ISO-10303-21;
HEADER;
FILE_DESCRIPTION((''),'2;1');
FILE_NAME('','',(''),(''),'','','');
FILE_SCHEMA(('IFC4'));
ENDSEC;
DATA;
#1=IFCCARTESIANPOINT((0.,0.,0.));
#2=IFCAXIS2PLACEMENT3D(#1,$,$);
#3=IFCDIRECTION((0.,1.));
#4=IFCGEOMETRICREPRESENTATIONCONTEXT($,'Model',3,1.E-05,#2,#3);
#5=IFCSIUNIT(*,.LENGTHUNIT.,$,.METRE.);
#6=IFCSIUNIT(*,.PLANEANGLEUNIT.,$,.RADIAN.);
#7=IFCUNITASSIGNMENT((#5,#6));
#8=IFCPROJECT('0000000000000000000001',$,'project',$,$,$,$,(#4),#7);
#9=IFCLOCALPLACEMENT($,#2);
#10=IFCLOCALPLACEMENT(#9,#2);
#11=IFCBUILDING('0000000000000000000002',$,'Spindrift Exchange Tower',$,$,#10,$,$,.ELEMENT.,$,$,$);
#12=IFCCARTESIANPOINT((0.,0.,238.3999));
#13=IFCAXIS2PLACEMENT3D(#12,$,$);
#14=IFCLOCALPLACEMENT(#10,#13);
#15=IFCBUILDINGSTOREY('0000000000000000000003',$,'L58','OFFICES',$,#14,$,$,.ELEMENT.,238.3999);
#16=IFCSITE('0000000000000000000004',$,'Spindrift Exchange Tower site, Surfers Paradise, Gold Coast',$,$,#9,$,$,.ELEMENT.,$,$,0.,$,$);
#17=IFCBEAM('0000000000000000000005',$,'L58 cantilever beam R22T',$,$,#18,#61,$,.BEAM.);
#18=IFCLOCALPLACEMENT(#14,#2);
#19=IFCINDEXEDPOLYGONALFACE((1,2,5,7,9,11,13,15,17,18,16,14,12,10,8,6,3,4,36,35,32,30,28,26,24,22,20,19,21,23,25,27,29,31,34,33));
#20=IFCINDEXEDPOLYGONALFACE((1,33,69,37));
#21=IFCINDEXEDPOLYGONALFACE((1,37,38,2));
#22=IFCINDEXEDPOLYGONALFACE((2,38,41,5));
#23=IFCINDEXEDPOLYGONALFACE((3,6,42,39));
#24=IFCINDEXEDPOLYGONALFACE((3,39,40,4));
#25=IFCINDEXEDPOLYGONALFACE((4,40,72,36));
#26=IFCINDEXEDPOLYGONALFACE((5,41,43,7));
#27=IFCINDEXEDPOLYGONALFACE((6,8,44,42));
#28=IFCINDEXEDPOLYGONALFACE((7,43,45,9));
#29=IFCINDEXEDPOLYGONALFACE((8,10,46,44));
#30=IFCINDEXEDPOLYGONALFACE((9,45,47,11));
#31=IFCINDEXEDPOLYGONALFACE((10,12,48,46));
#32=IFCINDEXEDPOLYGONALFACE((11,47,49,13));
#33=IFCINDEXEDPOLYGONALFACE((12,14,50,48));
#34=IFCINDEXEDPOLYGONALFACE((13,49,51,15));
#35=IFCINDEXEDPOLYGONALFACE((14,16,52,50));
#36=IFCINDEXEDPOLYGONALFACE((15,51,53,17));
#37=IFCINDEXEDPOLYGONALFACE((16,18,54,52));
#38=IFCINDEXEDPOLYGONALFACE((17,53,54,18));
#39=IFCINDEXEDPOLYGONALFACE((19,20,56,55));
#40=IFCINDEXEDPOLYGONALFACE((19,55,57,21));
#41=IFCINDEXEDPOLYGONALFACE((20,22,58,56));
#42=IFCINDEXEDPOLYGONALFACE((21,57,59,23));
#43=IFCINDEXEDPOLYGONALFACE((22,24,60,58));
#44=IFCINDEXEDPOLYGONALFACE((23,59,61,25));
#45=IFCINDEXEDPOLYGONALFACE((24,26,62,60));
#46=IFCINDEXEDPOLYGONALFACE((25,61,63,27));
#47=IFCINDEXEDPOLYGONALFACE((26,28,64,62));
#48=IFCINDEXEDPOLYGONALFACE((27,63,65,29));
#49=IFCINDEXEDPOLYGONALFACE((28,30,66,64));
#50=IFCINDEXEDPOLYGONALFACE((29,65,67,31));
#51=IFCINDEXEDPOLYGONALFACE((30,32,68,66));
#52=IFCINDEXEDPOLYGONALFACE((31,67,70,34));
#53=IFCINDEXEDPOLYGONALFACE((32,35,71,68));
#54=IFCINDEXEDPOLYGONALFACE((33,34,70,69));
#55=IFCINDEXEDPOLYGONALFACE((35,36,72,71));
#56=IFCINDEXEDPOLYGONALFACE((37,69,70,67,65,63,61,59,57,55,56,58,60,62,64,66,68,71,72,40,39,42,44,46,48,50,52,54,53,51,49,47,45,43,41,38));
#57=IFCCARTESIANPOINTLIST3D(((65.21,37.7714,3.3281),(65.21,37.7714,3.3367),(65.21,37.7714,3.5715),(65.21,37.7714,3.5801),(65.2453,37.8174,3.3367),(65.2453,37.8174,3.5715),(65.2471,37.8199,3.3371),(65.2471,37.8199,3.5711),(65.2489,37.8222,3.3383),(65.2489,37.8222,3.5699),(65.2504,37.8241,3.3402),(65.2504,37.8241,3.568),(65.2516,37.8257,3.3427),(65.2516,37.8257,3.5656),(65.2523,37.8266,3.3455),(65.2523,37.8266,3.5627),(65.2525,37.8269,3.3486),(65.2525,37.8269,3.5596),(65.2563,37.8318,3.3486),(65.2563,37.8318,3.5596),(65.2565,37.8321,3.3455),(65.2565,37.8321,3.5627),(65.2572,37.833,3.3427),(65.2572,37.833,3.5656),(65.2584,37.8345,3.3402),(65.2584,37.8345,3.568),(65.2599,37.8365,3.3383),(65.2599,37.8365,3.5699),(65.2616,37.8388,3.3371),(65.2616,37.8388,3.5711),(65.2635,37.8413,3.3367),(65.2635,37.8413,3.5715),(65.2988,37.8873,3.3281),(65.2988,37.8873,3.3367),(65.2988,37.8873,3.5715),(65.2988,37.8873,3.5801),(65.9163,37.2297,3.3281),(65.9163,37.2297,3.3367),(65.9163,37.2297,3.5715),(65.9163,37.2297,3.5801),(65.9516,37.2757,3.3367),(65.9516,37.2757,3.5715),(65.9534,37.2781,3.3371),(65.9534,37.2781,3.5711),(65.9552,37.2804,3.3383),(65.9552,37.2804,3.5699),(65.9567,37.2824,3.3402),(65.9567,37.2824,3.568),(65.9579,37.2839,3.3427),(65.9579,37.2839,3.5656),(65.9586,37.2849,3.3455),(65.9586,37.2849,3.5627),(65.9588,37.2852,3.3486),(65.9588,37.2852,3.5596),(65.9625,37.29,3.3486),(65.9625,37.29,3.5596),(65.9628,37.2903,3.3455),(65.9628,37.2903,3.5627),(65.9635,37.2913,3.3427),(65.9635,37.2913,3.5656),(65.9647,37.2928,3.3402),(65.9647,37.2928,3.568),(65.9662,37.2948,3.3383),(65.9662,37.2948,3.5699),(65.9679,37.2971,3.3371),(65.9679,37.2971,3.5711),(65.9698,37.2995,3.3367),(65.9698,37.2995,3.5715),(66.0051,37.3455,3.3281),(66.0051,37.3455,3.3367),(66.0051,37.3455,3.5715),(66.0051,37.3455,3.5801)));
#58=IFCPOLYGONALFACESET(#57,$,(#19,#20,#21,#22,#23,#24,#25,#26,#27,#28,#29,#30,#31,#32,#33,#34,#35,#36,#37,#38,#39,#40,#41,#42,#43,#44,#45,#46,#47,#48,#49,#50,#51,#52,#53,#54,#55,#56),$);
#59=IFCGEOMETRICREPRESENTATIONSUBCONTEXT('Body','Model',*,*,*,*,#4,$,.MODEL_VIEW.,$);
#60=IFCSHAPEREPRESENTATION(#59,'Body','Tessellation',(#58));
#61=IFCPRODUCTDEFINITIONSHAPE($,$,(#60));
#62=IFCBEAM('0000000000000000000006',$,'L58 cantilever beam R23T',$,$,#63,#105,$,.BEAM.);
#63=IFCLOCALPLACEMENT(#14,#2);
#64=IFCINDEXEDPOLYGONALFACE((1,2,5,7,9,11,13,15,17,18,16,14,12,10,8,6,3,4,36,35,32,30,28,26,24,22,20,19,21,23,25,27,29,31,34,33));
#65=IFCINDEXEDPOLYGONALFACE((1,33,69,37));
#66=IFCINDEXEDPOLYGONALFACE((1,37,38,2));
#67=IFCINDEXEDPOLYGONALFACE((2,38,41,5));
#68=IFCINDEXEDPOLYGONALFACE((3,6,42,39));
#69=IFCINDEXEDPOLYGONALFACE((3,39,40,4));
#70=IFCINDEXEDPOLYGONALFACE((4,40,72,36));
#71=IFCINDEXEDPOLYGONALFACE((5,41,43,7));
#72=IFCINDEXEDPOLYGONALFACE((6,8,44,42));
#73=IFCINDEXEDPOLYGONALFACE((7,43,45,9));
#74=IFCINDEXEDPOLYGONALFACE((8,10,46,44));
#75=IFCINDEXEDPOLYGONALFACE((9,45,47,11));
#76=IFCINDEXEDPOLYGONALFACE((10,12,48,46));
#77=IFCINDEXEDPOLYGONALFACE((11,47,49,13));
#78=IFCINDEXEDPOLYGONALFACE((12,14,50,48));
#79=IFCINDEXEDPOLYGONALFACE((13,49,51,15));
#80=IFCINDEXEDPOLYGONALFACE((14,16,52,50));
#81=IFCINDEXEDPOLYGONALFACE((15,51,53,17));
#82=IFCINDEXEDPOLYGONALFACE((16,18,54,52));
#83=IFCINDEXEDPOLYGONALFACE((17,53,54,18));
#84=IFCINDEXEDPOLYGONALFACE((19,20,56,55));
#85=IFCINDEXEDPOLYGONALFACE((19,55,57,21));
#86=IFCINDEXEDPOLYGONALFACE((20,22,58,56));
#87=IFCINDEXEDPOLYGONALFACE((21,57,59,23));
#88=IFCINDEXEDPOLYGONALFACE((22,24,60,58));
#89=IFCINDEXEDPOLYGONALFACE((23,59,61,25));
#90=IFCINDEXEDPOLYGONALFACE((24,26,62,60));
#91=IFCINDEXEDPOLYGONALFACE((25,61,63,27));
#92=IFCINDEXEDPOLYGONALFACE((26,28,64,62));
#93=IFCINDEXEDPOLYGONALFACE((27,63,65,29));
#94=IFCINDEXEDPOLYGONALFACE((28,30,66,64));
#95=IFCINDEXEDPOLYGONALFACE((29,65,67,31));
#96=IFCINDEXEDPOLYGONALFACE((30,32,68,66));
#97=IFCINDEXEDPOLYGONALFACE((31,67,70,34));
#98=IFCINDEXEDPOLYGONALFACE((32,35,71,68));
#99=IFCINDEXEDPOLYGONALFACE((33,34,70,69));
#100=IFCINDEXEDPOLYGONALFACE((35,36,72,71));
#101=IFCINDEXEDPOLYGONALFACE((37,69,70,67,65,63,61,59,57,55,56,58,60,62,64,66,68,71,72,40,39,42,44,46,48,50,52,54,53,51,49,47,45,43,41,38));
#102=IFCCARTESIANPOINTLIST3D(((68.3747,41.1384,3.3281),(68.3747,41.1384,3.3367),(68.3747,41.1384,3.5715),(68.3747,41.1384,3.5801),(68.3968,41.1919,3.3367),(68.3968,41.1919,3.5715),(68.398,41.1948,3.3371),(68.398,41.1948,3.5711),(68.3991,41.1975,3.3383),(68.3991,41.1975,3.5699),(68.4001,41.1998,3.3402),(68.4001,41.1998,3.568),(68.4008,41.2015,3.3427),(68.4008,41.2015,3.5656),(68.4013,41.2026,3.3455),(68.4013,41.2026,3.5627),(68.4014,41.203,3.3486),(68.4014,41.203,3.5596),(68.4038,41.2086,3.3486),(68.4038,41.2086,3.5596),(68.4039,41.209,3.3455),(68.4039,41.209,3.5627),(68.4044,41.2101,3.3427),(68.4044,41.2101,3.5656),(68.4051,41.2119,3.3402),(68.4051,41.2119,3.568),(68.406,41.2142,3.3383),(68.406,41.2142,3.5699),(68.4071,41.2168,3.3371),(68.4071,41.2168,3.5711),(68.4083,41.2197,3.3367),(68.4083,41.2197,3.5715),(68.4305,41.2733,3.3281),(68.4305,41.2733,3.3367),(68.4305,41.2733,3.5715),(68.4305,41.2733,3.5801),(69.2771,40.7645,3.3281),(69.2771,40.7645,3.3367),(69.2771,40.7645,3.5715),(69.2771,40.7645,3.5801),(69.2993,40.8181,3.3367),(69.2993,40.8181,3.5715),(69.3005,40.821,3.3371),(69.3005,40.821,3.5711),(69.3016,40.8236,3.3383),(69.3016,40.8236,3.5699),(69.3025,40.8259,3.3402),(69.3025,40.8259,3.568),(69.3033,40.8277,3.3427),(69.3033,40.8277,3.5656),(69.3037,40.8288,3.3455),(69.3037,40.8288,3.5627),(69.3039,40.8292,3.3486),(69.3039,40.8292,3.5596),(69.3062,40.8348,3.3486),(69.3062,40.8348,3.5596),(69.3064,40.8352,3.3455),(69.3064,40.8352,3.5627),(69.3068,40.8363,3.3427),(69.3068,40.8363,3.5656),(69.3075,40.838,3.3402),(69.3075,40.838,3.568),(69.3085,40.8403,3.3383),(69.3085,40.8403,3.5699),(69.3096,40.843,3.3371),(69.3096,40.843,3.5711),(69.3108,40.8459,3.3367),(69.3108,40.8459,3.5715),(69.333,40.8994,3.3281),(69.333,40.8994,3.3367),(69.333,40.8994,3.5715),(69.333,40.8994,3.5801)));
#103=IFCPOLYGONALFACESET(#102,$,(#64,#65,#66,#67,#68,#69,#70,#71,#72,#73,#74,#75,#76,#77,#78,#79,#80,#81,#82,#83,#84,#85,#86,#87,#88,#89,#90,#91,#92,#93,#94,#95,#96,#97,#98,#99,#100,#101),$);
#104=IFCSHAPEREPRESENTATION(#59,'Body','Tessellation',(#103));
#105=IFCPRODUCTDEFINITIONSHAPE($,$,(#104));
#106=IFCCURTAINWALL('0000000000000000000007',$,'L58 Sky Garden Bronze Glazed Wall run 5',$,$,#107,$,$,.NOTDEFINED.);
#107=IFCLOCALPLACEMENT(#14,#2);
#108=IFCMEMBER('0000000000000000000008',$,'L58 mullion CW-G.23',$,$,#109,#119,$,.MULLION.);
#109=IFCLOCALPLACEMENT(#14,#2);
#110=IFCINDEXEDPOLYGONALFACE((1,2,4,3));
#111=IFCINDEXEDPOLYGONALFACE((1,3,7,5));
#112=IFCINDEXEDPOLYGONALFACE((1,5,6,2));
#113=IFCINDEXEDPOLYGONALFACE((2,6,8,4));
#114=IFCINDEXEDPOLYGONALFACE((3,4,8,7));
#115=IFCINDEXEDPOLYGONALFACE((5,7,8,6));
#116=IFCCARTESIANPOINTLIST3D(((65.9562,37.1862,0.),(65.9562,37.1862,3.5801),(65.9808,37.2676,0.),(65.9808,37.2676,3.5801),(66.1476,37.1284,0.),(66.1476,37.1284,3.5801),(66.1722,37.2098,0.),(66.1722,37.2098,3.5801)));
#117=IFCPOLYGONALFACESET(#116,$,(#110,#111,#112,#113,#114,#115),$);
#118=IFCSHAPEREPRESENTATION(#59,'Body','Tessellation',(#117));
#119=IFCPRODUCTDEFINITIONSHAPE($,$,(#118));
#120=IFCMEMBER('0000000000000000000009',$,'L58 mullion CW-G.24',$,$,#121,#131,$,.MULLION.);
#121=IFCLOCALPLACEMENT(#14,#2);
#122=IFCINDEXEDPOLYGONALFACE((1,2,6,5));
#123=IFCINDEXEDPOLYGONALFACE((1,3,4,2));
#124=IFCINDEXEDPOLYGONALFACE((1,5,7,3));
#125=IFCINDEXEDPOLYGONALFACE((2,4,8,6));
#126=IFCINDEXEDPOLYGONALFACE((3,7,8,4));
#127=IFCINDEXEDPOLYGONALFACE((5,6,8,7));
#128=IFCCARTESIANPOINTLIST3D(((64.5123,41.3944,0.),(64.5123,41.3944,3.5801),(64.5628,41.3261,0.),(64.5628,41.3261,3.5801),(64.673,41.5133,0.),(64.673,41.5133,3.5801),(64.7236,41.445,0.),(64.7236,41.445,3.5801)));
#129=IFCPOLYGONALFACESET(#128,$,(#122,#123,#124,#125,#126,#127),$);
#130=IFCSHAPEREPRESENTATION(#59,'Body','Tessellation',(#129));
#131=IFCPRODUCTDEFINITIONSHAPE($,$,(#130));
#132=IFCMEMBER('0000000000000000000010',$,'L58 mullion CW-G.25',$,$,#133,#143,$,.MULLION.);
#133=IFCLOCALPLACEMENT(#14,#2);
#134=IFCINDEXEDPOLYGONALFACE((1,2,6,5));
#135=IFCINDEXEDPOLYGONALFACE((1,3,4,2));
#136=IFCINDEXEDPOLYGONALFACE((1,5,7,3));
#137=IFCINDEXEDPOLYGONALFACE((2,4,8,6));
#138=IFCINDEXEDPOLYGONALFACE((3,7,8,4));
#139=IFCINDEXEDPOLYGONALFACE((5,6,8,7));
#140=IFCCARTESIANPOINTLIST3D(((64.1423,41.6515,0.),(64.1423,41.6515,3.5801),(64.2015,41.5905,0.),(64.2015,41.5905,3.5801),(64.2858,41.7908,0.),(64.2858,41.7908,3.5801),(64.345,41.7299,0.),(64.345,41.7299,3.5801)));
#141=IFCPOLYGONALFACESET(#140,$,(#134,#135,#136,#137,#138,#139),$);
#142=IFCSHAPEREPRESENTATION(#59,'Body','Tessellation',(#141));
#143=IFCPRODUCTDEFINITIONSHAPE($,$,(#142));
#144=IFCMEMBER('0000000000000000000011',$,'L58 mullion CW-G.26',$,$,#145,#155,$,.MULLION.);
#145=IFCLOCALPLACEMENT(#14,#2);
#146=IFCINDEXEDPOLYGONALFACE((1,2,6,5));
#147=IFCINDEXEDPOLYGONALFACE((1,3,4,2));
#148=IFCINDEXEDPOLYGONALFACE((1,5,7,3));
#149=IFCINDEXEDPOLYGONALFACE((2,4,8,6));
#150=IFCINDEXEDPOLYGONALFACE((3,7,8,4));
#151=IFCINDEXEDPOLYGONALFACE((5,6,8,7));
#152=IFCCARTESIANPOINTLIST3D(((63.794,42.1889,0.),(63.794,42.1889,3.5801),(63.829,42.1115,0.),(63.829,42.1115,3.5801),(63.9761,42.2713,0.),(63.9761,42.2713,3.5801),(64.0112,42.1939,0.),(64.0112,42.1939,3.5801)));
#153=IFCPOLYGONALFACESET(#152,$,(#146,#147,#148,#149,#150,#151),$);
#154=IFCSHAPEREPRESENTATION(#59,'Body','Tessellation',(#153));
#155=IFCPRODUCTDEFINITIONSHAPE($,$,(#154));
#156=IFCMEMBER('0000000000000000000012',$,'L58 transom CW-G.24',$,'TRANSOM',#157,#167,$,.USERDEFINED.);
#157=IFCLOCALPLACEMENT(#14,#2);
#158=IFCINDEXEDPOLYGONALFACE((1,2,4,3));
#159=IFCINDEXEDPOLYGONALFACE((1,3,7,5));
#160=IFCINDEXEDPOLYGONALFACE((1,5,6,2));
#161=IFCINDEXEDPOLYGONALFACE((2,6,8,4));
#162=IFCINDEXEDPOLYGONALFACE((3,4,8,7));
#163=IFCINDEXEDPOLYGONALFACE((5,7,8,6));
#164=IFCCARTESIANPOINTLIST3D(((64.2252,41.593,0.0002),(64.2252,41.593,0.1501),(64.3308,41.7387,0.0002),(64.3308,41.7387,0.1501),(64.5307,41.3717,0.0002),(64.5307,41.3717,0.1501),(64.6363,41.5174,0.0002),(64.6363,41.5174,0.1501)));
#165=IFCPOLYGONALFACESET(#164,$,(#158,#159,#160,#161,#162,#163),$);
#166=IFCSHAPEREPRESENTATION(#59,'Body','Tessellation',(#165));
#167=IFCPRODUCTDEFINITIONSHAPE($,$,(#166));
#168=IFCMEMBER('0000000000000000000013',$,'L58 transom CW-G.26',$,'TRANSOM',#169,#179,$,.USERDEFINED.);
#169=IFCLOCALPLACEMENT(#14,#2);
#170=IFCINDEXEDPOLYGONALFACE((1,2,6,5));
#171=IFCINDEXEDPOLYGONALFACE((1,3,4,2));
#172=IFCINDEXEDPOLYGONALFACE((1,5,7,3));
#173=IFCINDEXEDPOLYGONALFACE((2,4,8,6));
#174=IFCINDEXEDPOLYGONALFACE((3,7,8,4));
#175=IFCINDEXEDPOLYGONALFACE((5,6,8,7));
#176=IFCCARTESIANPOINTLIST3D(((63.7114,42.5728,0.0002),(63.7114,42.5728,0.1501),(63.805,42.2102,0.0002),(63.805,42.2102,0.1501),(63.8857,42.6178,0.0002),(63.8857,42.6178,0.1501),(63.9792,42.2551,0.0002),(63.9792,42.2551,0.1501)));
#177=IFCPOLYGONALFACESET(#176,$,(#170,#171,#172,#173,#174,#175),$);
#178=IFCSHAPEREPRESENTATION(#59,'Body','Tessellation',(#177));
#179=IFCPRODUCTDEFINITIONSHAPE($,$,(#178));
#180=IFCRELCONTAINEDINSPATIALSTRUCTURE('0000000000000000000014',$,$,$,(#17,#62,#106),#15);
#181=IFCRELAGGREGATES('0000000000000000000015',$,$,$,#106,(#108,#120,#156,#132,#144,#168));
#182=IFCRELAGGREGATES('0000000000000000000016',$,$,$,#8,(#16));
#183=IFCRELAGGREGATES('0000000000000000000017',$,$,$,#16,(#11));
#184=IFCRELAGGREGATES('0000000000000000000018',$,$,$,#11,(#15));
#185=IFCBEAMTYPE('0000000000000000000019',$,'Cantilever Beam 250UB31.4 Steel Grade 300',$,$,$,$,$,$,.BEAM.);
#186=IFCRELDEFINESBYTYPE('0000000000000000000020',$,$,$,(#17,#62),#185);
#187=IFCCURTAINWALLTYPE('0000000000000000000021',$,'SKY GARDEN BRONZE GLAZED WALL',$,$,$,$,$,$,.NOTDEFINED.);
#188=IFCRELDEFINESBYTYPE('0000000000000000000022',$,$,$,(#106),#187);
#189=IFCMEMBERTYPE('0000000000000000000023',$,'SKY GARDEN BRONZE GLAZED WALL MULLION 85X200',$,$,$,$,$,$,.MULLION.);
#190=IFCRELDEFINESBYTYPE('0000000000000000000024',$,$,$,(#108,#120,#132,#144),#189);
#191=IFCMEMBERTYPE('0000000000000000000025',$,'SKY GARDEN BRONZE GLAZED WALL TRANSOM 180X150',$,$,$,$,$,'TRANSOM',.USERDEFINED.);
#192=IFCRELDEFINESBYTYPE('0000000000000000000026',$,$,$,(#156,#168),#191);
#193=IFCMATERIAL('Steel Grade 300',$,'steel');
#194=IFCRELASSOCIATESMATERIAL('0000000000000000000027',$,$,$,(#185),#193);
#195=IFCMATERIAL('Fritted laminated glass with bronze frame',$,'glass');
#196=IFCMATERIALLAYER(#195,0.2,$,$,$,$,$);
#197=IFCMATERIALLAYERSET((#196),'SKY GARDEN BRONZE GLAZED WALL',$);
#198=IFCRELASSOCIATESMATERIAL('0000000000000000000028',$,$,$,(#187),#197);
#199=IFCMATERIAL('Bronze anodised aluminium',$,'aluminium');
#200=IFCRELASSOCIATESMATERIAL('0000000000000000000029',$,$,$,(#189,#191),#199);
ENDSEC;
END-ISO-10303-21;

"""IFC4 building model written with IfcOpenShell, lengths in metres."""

from ifc_helpers import new_model, si_unit, direction, frame, origin, origin_2d, place, context, subcontext, project, spatial, rectangle, i_section, extrude, source, transform, mapped, material, layer, layer_set, material_profile, profile_set, type_object, element, aggregate, save


model = new_model("IFC4")

# Units and contexts
model_context = context("Model", 3, precision=1e-05, world=origin(), true_north=direction((0.0, 1.0)))
body_context = subcontext(model_context, "Body", "Model", "MODEL_VIEW")
ifc_project = project(units=[si_unit("LENGTHUNIT", "METRE"), si_unit("PLANEANGLEUNIT", "RADIAN")], contexts=[model_context])

# Site, building, storey
site_placement = place(None, origin())
site = spatial("IfcSite", under=ifc_project, at=site_placement, Name="Spindrift Exchange Tower site, Surfers Paradise, Gold Coast", CompositionType="ELEMENT", RefElevation=0.0)
building_placement = place(site_placement, origin())
building = spatial("IfcBuilding", under=site, at=building_placement, Name="Spindrift Exchange Tower", CompositionType="ELEMENT")
storey_placement = place(building_placement, frame((0.0, 0.0, 238.3999)))
storey = spatial("IfcBuildingStorey", under=building, at=storey_placement, Name="L58", Description="OFFICES", CompositionType="ELEMENT", Elevation=238.3999)

# Beams
ifc_material_1 = material(Name="Steel Grade 300", Category="steel")
ifc_material_profile_1 = material_profile(ifc_material_1, i_section(OverallWidth=0.146, OverallDepth=0.252, WebThickness=0.0061, FlangeThickness=0.0085, FilletRadius=0.012, at=origin_2d()), Name="250UB31.4")
ifc_profile_set_1 = profile_set([ifc_material_profile_1], Name="Steel Grade 300")
beam_type_1 = type_object("IfcBeamType", Name="Cantilever Beam 250UB31.4 Steel Grade 300", PredefinedType="BEAM", material=ifc_profile_set_1)
shared_shape_1 = source(origin(), body_context, "Body", "SweptSolid", [
    extrude(i_section(OverallWidth=0.146, OverallDepth=0.252, WebThickness=0.0061, FlangeThickness=0.0085, FilletRadius=0.012, at=origin_2d()), origin(), (0.0, 0.0, 1.0), 0.8901),
])
beam_1_placement = place(storey_placement, frame((65.2544, 37.8293, 3.4541), z_axis=(0.793469, -0.60861, 0.0), x_axis=(0.60861, 0.793469, 0.0)))
element("IfcBeam", 1, at=beam_1_placement, inside=storey, type_object=beam_type_1, Name="L58 cantilever beam R22T", PredefinedType="BEAM", context=body_context, shape_type="MappedRepresentation", body=[
    mapped(shared_shape_1, transform((0.0, 0.0, 0.0), scale=1.0)),
])
shared_shape_2 = source(origin(), body_context, "Body", "SweptSolid", [
    extrude(i_section(OverallWidth=0.146, OverallDepth=0.252, WebThickness=0.0061, FlangeThickness=0.0085, FilletRadius=0.012, at=origin_2d()), origin(), (0.0, 0.0, 1.0), 0.9768),
])
beam_2_placement = place(storey_placement, frame((68.4026, 41.2058, 3.4541), z_axis=(0.923874, -0.382698, 0.0), x_axis=(0.382698, 0.923874, 0.0)))
element("IfcBeam", 2, at=beam_2_placement, inside=storey, type_object=beam_type_1, Name="L58 cantilever beam R23T", PredefinedType="BEAM", context=body_context, shape_type="MappedRepresentation", body=[
    mapped(shared_shape_2, transform((0.0, 0.0, 0.0), scale=1.0)),
])

# Curtain wall, members
ifc_material_2 = material(Name="Fritted laminated glass with bronze frame", Category="glass")
ifc_layer_1 = layer(ifc_material_2, 0.2)
ifc_layer_set_1 = layer_set([ifc_layer_1], Name="SKY GARDEN BRONZE GLAZED WALL")
curtain_wall_type_1 = type_object("IfcCurtainWallType", Name="SKY GARDEN BRONZE GLAZED WALL", PredefinedType="NOTDEFINED", material=ifc_layer_set_1)
curtain_wall_1_placement = place(storey_placement, origin())
curtain_wall_1 = element("IfcCurtainWall", 3, at=curtain_wall_1_placement, inside=storey, type_object=curtain_wall_type_1, Name="L58 Sky Garden Bronze Glazed Wall run 5", PredefinedType="NOTDEFINED")
ifc_material_3 = material(Name="Bronze anodised aluminium", Category="aluminium")
ifc_material_profile_2 = material_profile(ifc_material_3, rectangle(XDim=0.085, YDim=0.2, at=origin_2d()), Name="SKY GARDEN BRONZE GLAZED WALL MULLION 85X200")
ifc_profile_set_2 = profile_set([ifc_material_profile_2], Name="Bronze anodised aluminium")
member_type_1 = type_object("IfcMemberType", Name="SKY GARDEN BRONZE GLAZED WALL MULLION 85X200", PredefinedType="MULLION", material=ifc_profile_set_2)
shared_shape_3 = source(origin(), body_context, "Body", "SweptSolid", [
    extrude(rectangle(XDim=0.085, YDim=0.2, at=origin_2d()), origin(), (0.0, 0.0, 1.0), 3.5801),
])
member_1_placement = place(storey_placement, frame((66.0642, 37.198, 0.0), z_axis=(0.0, 0.0, 1.0), x_axis=(0.289136, 0.957288, 0.0)))
member_1 = element("IfcMember", 4, at=member_1_placement, type_object=member_type_1, Name="L58 mullion CW-G.23", PredefinedType="MULLION", context=body_context, shape_type="MappedRepresentation", body=[
    mapped(shared_shape_3, transform((0.0, 0.0, 0.0), scale=1.0)),
])
member_2_placement = place(storey_placement, frame((64.6179, 41.4197, 0.0), z_axis=(0.0, 0.0, 1.0), x_axis=(-0.59476, 0.803903, 0.0)))
member_2 = element("IfcMember", 5, at=member_2_placement, type_object=member_type_1, Name="L58 mullion CW-G.24", PredefinedType="MULLION", context=body_context, shape_type="MappedRepresentation", body=[
    mapped(shared_shape_3, transform((0.0, 0.0, 0.0), scale=1.0)),
])
member_3_placement = place(storey_placement, frame((64.2437, 41.6907, 0.0), z_axis=(0.0, 0.0, 1.0), x_axis=(-0.696737, 0.717327, 0.0)))
member_3 = element("IfcMember", 6, at=member_3_placement, type_object=member_type_1, Name="L58 mullion CW-G.25", PredefinedType="MULLION", context=body_context, shape_type="MappedRepresentation", body=[
    mapped(shared_shape_3, transform((0.0, 0.0, 0.0), scale=1.0)),
])
member_4_placement = place(storey_placement, frame((63.9026, 42.1914, 0.0), z_axis=(0.0, 0.0, 1.0), x_axis=(-0.412373, 0.911015, 0.0)))
member_4 = element("IfcMember", 7, at=member_4_placement, type_object=member_type_1, Name="L58 mullion CW-G.26", PredefinedType="MULLION", context=body_context, shape_type="MappedRepresentation", body=[
    mapped(shared_shape_3, transform((0.0, 0.0, 0.0), scale=1.0)),
])
ifc_material_profile_3 = material_profile(ifc_material_3, rectangle(XDim=0.1799, YDim=0.1499, at=origin_2d()), Name="SKY GARDEN BRONZE GLAZED WALL TRANSOM 180X150")
ifc_profile_set_3 = profile_set([ifc_material_profile_3], Name="Bronze anodised aluminium")
member_type_2 = type_object("IfcMemberType", Name="SKY GARDEN BRONZE GLAZED WALL TRANSOM 180X150", ElementType="TRANSOM", PredefinedType="USERDEFINED", material=ifc_profile_set_3)
shared_shape_4 = source(origin(), body_context, "Body", "SweptSolid", [
    extrude(rectangle(XDim=0.1799, YDim=0.1499, at=origin_2d()), origin(), (0.0, 0.0, 1.0), 0.3772),
])
member_5_placement = place(storey_placement, frame((64.5835, 41.4446, 0.0752), z_axis=(-0.80991, 0.586554, 0.0), x_axis=(-0.586554, -0.80991, 0.0)))
member_5 = element("IfcMember", 8, at=member_5_placement, type_object=member_type_2, Name="L58 transom CW-G.24", ObjectType="TRANSOM", PredefinedType="USERDEFINED", context=body_context, shape_type="MappedRepresentation", body=[
    mapped(shared_shape_4, transform((0.0, 0.0, 0.0), scale=1.0)),
])
shared_shape_5 = source(origin(), body_context, "Body", "SweptSolid", [
    extrude(rectangle(XDim=0.1799, YDim=0.1499, at=origin_2d()), origin(), (0.0, 0.0, 1.0), 0.3745),
])
member_6_placement = place(storey_placement, frame((63.8921, 42.2327, 0.0752), z_axis=(-0.24974, 0.968313, 0.0), x_axis=(-0.968313, -0.24974, 0.0)))
member_6 = element("IfcMember", 9, at=member_6_placement, type_object=member_type_2, Name="L58 transom CW-G.26", ObjectType="TRANSOM", PredefinedType="USERDEFINED", context=body_context, shape_type="MappedRepresentation", body=[
    mapped(shared_shape_5, transform((0.0, 0.0, 0.0), scale=1.0)),
])

aggregate(curtain_wall_1, [member_1, member_2, member_5, member_3, member_4, member_6])

save(model, "model.ifc")
